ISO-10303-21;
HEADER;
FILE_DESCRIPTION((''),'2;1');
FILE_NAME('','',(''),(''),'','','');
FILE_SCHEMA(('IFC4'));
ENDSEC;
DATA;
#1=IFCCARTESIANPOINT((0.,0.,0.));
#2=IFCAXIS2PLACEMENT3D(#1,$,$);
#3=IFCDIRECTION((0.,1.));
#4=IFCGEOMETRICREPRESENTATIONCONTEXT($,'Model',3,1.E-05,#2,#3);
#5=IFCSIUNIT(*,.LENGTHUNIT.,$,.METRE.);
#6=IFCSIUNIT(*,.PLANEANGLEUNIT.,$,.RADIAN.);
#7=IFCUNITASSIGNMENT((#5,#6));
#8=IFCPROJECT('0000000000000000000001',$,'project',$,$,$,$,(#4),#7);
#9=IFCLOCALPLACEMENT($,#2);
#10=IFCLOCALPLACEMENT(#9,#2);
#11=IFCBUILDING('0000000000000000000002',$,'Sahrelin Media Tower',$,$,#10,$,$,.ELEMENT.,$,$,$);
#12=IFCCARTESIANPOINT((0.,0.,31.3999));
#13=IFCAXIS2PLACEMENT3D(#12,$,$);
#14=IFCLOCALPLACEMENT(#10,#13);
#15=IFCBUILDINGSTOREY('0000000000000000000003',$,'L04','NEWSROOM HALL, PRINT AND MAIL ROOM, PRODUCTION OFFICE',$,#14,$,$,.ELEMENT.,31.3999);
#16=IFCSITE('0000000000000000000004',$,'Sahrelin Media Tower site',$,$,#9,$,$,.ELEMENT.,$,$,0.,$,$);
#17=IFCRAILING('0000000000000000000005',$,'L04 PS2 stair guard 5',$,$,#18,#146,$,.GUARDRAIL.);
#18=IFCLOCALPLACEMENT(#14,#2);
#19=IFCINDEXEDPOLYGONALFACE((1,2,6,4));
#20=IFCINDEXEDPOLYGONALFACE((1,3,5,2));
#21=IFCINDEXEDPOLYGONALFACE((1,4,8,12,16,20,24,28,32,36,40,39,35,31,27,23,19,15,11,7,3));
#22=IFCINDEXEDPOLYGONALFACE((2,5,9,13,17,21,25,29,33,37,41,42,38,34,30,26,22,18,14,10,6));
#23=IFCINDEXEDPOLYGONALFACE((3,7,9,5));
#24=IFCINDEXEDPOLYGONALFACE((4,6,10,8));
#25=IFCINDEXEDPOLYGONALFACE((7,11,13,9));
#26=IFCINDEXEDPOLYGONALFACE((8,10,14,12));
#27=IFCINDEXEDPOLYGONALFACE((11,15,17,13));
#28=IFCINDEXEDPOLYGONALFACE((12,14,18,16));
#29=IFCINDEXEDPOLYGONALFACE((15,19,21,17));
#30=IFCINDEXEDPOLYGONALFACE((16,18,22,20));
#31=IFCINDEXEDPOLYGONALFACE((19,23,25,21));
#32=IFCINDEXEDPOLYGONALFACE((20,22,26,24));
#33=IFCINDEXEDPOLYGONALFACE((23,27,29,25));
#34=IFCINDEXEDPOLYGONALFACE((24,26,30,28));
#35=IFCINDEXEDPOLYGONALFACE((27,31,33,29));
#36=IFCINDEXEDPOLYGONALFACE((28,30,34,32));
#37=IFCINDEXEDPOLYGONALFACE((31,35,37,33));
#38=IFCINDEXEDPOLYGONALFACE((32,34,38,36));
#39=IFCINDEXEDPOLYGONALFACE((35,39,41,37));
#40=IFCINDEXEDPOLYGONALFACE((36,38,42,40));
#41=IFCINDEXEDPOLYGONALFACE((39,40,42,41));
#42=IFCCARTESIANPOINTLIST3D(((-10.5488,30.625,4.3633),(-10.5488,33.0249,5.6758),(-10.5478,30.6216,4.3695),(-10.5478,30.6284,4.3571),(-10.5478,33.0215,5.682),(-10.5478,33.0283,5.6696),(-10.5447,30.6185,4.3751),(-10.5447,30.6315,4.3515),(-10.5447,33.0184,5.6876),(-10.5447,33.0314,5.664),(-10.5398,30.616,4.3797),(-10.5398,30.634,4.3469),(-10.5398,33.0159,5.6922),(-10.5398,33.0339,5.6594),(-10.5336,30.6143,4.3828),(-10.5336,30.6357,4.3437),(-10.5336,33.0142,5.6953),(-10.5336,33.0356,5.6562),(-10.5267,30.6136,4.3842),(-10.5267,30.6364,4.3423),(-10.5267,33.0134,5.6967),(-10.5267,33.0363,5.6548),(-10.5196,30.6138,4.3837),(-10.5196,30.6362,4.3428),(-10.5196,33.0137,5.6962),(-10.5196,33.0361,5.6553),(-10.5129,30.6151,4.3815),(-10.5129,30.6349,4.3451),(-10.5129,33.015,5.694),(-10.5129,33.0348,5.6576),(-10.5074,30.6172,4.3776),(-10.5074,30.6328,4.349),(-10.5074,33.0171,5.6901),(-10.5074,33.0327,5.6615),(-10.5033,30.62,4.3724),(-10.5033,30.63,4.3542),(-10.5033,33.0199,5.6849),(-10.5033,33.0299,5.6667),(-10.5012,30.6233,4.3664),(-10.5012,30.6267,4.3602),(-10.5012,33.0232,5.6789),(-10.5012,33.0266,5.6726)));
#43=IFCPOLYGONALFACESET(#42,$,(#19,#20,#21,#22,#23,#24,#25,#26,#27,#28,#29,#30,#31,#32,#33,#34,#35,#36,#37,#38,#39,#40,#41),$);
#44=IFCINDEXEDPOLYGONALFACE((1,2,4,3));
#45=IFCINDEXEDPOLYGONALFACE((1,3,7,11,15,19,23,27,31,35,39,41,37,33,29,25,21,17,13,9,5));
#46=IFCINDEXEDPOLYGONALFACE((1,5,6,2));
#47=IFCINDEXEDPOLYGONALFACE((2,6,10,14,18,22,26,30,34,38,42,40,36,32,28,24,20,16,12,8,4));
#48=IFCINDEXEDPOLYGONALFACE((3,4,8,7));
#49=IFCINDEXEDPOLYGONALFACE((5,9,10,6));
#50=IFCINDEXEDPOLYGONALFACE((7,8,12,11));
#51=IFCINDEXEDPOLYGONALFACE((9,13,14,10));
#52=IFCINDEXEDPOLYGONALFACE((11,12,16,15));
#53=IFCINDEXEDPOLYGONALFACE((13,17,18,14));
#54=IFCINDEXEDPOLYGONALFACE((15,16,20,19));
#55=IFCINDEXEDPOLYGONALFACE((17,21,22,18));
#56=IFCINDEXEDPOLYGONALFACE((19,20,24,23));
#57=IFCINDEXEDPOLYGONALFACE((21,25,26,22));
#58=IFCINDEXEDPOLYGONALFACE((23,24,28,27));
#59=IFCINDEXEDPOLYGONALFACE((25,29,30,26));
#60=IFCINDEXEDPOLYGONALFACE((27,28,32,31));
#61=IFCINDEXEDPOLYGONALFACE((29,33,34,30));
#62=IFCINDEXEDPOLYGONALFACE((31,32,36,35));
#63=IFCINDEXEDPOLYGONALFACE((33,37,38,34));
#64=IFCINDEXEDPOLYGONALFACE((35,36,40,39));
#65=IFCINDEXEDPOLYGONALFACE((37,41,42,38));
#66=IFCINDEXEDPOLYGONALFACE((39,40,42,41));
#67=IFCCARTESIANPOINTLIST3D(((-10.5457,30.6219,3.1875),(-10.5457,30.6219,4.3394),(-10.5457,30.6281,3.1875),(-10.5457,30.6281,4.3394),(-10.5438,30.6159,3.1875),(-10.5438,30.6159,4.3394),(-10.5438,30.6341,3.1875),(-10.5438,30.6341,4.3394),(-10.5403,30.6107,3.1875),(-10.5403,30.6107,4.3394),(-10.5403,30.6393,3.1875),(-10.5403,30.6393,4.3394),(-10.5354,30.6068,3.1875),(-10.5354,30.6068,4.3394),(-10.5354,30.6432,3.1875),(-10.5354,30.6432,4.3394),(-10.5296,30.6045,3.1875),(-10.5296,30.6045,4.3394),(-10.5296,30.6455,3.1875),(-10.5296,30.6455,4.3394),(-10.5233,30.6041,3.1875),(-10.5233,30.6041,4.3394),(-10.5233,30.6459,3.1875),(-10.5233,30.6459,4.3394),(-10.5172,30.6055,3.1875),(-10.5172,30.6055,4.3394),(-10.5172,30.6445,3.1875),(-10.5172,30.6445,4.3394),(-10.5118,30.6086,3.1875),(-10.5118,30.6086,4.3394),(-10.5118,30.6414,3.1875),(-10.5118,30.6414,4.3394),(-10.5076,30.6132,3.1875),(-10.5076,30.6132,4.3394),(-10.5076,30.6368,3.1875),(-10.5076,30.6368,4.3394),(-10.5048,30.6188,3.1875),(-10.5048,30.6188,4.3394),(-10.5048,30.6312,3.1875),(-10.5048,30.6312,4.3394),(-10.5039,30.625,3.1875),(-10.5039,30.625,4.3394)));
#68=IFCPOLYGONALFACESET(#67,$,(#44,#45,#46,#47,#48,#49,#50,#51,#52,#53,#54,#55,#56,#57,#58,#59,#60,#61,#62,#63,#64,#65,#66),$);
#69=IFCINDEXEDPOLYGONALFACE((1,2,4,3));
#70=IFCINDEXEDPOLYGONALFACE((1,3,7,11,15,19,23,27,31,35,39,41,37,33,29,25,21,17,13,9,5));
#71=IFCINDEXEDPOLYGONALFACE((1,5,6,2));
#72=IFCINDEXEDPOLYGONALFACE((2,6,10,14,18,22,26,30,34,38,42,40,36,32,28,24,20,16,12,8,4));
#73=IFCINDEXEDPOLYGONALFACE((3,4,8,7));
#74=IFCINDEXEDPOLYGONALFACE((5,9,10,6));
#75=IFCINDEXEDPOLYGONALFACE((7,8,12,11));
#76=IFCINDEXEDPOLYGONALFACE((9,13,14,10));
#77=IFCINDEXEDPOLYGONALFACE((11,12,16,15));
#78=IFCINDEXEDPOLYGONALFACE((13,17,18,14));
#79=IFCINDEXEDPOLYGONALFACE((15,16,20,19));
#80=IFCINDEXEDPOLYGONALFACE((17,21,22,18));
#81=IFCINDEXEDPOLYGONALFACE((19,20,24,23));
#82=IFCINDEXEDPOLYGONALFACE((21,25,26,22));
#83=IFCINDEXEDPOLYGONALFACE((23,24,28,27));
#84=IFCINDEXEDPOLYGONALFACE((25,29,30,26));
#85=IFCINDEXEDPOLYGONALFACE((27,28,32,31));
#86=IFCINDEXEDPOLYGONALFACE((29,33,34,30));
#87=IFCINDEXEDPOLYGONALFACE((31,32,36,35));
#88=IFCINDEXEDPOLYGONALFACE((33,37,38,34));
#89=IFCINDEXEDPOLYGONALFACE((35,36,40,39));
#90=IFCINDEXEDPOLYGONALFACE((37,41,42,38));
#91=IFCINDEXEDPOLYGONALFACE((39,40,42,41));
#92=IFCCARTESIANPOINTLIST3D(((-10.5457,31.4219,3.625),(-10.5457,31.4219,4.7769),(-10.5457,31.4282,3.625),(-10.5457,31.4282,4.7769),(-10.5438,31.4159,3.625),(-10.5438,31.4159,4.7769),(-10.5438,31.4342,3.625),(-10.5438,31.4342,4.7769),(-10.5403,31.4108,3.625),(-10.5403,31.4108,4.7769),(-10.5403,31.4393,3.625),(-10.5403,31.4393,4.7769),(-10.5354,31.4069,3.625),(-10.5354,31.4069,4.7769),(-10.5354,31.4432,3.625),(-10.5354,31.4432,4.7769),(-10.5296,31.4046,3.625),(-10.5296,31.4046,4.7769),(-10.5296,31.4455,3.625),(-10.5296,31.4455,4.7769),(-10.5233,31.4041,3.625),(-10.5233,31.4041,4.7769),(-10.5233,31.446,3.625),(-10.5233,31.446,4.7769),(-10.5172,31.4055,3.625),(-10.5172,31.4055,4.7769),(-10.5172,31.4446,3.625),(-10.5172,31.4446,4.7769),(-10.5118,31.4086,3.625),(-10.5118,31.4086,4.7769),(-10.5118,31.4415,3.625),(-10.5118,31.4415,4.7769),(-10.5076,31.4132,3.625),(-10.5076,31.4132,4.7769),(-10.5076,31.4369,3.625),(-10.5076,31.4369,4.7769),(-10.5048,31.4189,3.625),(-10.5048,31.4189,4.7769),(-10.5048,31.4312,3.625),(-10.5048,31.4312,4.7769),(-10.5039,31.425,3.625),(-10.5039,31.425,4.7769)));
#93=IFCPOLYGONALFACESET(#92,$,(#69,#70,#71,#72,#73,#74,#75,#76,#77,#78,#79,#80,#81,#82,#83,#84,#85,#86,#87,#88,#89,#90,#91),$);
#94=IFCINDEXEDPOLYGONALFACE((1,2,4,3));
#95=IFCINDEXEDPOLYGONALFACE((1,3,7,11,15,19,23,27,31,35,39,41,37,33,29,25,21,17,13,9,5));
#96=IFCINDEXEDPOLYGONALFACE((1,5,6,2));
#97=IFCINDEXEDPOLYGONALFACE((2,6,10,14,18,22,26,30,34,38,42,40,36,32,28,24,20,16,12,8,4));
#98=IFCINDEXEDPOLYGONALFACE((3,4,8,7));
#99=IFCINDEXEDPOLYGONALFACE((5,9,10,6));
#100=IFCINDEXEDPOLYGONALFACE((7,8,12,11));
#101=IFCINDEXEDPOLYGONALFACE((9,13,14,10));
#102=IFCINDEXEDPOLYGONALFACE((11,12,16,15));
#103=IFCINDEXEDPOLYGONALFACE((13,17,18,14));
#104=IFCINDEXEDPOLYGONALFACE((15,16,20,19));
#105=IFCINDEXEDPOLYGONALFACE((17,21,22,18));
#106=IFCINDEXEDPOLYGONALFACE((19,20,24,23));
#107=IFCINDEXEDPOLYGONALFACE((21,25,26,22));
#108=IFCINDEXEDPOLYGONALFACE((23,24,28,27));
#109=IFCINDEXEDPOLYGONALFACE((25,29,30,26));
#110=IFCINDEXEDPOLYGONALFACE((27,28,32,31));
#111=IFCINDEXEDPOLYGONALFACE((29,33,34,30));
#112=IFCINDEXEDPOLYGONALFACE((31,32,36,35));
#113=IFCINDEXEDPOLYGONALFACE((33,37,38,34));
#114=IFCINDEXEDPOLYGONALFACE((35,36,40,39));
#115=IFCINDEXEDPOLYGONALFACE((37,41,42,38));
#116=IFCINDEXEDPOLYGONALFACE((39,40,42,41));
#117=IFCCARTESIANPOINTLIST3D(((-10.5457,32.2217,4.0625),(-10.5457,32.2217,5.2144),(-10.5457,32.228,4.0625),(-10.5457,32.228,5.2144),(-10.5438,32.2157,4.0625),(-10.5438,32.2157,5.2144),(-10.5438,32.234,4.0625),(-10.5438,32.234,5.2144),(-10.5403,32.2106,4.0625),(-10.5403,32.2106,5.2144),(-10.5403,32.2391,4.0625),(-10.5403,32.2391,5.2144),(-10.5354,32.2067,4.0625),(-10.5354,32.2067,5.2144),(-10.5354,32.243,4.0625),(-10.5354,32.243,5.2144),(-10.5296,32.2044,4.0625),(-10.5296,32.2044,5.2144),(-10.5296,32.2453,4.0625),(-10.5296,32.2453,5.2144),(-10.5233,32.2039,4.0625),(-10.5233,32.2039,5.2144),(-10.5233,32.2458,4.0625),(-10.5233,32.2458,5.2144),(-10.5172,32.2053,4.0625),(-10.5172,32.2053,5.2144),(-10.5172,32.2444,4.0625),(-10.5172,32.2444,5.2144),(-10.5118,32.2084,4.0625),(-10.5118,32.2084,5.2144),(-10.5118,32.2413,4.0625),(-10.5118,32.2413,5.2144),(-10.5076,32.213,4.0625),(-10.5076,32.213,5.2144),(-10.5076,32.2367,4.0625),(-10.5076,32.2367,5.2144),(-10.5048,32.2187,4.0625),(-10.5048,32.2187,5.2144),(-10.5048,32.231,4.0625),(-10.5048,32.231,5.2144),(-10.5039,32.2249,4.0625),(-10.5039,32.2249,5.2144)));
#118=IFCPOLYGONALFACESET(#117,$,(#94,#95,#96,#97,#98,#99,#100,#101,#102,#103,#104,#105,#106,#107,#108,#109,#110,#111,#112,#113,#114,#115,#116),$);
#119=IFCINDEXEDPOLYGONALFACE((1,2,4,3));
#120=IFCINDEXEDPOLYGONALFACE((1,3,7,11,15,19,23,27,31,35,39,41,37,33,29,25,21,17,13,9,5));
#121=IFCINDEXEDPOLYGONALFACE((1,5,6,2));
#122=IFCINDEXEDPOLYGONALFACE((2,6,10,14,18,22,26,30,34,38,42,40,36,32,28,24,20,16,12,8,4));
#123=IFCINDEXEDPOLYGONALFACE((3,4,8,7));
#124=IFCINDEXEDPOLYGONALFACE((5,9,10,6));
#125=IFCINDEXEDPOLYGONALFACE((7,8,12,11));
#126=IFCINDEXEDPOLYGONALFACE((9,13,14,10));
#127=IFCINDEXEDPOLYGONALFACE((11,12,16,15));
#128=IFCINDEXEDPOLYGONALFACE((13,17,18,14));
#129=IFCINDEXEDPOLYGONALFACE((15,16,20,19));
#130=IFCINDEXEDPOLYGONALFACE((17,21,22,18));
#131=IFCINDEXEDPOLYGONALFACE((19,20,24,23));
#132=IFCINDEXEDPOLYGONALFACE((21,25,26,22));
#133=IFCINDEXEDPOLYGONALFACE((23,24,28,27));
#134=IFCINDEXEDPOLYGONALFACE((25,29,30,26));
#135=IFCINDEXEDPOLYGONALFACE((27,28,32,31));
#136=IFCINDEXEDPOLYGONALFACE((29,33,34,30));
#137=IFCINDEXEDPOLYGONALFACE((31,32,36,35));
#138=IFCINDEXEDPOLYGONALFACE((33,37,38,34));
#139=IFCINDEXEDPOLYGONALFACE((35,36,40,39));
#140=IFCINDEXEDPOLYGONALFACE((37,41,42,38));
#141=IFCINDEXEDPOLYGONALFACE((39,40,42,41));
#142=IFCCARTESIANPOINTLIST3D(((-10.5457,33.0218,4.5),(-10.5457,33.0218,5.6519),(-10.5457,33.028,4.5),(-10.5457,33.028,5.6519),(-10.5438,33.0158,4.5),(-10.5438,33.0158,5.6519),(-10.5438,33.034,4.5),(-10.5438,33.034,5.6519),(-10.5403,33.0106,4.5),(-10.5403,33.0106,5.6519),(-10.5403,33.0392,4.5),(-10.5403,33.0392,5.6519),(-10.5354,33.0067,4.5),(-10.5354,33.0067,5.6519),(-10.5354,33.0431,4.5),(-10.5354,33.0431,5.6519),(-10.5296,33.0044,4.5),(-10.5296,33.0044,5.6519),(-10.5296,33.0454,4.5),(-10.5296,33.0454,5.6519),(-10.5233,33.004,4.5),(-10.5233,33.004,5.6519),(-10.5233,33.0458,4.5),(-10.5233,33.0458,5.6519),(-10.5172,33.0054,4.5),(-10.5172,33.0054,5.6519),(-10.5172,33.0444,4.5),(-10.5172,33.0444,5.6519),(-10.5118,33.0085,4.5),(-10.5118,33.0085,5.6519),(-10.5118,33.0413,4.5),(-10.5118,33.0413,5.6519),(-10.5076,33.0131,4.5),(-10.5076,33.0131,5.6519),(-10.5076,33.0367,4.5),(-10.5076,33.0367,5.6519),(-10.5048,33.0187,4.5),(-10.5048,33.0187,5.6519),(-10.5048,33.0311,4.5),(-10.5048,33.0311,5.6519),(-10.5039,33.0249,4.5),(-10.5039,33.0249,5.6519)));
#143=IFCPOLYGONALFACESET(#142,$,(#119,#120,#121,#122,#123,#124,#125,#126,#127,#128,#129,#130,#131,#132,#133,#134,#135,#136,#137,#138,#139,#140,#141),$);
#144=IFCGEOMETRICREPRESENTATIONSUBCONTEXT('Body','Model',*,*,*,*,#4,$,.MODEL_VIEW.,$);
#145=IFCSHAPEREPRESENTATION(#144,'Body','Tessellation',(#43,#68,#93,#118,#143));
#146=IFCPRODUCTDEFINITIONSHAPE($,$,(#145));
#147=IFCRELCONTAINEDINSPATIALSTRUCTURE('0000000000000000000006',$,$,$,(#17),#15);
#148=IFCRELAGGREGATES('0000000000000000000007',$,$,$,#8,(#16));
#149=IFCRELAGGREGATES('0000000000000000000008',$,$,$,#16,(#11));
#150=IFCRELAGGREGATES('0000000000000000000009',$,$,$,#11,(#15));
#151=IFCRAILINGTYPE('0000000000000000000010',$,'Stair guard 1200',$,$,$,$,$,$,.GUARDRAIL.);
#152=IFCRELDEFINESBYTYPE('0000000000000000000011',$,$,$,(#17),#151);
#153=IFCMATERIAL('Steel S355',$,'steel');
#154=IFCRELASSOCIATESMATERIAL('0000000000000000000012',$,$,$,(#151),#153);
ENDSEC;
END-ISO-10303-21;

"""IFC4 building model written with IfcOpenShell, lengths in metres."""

from ifc_helpers import new_model, si_unit, direction, frame, origin, origin_2d, place, context, subcontext, project, spatial, circle, extrude, material, type_object, element, save


model = new_model("IFC4")

# Units and contexts
model_context = context("Model", 3, precision=1e-05, world=origin(), true_north=direction((0.0, 1.0)))
body_context = subcontext(model_context, "Body", "Model", "MODEL_VIEW")
ifc_project = project(units=[si_unit("LENGTHUNIT", "METRE"), si_unit("PLANEANGLEUNIT", "RADIAN")], contexts=[model_context])

# Site, building, storey
site_placement = place(None, origin())
site = spatial("IfcSite", under=ifc_project, at=site_placement, Name="Sahrelin Media Tower site", CompositionType="ELEMENT", RefElevation=0.0)
building_placement = place(site_placement, origin())
building = spatial("IfcBuilding", under=site, at=building_placement, Name="Sahrelin Media Tower", CompositionType="ELEMENT")
storey_placement = place(building_placement, frame((0.0, 0.0, 31.3999)))
storey = spatial("IfcBuildingStorey", under=building, at=storey_placement, Name="L04", Description="NEWSROOM HALL, PRINT AND MAIL ROOM, PRODUCTION OFFICE", CompositionType="ELEMENT", Elevation=31.3999)

# Shared definitions
ifc_material_1 = material(Name="Steel S355", Category="steel")

# Railing
railing_type_1 = type_object("IfcRailingType", Name="Stair guard 1200", PredefinedType="GUARDRAIL", material=ifc_material_1)
railing_1_placement = place(storey_placement, frame((-10.5249, 30.625, 3.1875)))
element("IfcRailing", 1, at=railing_1_placement, inside=storey, type_object=railing_type_1, Name="L04 PS2 stair guard 5", PredefinedType="GUARDRAIL", context=body_context, shape_type="SweptSolid", body=[
    extrude(circle(Radius=0.0239, at=origin_2d()), frame((0.0, 0.0, 1.1758), z_axis=(0.0, 0.877363, 0.479827), x_axis=(-1.0, 0.0, 0.0)), (0.0, 0.0, 1.0), 2.7354),
    extrude(circle(Radius=0.021, at=origin_2d()), origin(), (0.0, 0.0, 1.0), 1.1519),
    extrude(circle(Radius=0.021, at=origin_2d()), frame((0.0, 0.8, 0.4375)), (0.0, 0.0, 1.0), 1.1519),
    extrude(circle(Radius=0.021, at=origin_2d()), frame((0.0, 1.5999, 0.875)), (0.0, 0.0, 1.0), 1.1519),
    extrude(circle(Radius=0.021, at=origin_2d()), frame((0.0, 2.3999, 1.3125)), (0.0, 0.0, 1.0), 1.1519),
])

save(model, "model.ifc")
